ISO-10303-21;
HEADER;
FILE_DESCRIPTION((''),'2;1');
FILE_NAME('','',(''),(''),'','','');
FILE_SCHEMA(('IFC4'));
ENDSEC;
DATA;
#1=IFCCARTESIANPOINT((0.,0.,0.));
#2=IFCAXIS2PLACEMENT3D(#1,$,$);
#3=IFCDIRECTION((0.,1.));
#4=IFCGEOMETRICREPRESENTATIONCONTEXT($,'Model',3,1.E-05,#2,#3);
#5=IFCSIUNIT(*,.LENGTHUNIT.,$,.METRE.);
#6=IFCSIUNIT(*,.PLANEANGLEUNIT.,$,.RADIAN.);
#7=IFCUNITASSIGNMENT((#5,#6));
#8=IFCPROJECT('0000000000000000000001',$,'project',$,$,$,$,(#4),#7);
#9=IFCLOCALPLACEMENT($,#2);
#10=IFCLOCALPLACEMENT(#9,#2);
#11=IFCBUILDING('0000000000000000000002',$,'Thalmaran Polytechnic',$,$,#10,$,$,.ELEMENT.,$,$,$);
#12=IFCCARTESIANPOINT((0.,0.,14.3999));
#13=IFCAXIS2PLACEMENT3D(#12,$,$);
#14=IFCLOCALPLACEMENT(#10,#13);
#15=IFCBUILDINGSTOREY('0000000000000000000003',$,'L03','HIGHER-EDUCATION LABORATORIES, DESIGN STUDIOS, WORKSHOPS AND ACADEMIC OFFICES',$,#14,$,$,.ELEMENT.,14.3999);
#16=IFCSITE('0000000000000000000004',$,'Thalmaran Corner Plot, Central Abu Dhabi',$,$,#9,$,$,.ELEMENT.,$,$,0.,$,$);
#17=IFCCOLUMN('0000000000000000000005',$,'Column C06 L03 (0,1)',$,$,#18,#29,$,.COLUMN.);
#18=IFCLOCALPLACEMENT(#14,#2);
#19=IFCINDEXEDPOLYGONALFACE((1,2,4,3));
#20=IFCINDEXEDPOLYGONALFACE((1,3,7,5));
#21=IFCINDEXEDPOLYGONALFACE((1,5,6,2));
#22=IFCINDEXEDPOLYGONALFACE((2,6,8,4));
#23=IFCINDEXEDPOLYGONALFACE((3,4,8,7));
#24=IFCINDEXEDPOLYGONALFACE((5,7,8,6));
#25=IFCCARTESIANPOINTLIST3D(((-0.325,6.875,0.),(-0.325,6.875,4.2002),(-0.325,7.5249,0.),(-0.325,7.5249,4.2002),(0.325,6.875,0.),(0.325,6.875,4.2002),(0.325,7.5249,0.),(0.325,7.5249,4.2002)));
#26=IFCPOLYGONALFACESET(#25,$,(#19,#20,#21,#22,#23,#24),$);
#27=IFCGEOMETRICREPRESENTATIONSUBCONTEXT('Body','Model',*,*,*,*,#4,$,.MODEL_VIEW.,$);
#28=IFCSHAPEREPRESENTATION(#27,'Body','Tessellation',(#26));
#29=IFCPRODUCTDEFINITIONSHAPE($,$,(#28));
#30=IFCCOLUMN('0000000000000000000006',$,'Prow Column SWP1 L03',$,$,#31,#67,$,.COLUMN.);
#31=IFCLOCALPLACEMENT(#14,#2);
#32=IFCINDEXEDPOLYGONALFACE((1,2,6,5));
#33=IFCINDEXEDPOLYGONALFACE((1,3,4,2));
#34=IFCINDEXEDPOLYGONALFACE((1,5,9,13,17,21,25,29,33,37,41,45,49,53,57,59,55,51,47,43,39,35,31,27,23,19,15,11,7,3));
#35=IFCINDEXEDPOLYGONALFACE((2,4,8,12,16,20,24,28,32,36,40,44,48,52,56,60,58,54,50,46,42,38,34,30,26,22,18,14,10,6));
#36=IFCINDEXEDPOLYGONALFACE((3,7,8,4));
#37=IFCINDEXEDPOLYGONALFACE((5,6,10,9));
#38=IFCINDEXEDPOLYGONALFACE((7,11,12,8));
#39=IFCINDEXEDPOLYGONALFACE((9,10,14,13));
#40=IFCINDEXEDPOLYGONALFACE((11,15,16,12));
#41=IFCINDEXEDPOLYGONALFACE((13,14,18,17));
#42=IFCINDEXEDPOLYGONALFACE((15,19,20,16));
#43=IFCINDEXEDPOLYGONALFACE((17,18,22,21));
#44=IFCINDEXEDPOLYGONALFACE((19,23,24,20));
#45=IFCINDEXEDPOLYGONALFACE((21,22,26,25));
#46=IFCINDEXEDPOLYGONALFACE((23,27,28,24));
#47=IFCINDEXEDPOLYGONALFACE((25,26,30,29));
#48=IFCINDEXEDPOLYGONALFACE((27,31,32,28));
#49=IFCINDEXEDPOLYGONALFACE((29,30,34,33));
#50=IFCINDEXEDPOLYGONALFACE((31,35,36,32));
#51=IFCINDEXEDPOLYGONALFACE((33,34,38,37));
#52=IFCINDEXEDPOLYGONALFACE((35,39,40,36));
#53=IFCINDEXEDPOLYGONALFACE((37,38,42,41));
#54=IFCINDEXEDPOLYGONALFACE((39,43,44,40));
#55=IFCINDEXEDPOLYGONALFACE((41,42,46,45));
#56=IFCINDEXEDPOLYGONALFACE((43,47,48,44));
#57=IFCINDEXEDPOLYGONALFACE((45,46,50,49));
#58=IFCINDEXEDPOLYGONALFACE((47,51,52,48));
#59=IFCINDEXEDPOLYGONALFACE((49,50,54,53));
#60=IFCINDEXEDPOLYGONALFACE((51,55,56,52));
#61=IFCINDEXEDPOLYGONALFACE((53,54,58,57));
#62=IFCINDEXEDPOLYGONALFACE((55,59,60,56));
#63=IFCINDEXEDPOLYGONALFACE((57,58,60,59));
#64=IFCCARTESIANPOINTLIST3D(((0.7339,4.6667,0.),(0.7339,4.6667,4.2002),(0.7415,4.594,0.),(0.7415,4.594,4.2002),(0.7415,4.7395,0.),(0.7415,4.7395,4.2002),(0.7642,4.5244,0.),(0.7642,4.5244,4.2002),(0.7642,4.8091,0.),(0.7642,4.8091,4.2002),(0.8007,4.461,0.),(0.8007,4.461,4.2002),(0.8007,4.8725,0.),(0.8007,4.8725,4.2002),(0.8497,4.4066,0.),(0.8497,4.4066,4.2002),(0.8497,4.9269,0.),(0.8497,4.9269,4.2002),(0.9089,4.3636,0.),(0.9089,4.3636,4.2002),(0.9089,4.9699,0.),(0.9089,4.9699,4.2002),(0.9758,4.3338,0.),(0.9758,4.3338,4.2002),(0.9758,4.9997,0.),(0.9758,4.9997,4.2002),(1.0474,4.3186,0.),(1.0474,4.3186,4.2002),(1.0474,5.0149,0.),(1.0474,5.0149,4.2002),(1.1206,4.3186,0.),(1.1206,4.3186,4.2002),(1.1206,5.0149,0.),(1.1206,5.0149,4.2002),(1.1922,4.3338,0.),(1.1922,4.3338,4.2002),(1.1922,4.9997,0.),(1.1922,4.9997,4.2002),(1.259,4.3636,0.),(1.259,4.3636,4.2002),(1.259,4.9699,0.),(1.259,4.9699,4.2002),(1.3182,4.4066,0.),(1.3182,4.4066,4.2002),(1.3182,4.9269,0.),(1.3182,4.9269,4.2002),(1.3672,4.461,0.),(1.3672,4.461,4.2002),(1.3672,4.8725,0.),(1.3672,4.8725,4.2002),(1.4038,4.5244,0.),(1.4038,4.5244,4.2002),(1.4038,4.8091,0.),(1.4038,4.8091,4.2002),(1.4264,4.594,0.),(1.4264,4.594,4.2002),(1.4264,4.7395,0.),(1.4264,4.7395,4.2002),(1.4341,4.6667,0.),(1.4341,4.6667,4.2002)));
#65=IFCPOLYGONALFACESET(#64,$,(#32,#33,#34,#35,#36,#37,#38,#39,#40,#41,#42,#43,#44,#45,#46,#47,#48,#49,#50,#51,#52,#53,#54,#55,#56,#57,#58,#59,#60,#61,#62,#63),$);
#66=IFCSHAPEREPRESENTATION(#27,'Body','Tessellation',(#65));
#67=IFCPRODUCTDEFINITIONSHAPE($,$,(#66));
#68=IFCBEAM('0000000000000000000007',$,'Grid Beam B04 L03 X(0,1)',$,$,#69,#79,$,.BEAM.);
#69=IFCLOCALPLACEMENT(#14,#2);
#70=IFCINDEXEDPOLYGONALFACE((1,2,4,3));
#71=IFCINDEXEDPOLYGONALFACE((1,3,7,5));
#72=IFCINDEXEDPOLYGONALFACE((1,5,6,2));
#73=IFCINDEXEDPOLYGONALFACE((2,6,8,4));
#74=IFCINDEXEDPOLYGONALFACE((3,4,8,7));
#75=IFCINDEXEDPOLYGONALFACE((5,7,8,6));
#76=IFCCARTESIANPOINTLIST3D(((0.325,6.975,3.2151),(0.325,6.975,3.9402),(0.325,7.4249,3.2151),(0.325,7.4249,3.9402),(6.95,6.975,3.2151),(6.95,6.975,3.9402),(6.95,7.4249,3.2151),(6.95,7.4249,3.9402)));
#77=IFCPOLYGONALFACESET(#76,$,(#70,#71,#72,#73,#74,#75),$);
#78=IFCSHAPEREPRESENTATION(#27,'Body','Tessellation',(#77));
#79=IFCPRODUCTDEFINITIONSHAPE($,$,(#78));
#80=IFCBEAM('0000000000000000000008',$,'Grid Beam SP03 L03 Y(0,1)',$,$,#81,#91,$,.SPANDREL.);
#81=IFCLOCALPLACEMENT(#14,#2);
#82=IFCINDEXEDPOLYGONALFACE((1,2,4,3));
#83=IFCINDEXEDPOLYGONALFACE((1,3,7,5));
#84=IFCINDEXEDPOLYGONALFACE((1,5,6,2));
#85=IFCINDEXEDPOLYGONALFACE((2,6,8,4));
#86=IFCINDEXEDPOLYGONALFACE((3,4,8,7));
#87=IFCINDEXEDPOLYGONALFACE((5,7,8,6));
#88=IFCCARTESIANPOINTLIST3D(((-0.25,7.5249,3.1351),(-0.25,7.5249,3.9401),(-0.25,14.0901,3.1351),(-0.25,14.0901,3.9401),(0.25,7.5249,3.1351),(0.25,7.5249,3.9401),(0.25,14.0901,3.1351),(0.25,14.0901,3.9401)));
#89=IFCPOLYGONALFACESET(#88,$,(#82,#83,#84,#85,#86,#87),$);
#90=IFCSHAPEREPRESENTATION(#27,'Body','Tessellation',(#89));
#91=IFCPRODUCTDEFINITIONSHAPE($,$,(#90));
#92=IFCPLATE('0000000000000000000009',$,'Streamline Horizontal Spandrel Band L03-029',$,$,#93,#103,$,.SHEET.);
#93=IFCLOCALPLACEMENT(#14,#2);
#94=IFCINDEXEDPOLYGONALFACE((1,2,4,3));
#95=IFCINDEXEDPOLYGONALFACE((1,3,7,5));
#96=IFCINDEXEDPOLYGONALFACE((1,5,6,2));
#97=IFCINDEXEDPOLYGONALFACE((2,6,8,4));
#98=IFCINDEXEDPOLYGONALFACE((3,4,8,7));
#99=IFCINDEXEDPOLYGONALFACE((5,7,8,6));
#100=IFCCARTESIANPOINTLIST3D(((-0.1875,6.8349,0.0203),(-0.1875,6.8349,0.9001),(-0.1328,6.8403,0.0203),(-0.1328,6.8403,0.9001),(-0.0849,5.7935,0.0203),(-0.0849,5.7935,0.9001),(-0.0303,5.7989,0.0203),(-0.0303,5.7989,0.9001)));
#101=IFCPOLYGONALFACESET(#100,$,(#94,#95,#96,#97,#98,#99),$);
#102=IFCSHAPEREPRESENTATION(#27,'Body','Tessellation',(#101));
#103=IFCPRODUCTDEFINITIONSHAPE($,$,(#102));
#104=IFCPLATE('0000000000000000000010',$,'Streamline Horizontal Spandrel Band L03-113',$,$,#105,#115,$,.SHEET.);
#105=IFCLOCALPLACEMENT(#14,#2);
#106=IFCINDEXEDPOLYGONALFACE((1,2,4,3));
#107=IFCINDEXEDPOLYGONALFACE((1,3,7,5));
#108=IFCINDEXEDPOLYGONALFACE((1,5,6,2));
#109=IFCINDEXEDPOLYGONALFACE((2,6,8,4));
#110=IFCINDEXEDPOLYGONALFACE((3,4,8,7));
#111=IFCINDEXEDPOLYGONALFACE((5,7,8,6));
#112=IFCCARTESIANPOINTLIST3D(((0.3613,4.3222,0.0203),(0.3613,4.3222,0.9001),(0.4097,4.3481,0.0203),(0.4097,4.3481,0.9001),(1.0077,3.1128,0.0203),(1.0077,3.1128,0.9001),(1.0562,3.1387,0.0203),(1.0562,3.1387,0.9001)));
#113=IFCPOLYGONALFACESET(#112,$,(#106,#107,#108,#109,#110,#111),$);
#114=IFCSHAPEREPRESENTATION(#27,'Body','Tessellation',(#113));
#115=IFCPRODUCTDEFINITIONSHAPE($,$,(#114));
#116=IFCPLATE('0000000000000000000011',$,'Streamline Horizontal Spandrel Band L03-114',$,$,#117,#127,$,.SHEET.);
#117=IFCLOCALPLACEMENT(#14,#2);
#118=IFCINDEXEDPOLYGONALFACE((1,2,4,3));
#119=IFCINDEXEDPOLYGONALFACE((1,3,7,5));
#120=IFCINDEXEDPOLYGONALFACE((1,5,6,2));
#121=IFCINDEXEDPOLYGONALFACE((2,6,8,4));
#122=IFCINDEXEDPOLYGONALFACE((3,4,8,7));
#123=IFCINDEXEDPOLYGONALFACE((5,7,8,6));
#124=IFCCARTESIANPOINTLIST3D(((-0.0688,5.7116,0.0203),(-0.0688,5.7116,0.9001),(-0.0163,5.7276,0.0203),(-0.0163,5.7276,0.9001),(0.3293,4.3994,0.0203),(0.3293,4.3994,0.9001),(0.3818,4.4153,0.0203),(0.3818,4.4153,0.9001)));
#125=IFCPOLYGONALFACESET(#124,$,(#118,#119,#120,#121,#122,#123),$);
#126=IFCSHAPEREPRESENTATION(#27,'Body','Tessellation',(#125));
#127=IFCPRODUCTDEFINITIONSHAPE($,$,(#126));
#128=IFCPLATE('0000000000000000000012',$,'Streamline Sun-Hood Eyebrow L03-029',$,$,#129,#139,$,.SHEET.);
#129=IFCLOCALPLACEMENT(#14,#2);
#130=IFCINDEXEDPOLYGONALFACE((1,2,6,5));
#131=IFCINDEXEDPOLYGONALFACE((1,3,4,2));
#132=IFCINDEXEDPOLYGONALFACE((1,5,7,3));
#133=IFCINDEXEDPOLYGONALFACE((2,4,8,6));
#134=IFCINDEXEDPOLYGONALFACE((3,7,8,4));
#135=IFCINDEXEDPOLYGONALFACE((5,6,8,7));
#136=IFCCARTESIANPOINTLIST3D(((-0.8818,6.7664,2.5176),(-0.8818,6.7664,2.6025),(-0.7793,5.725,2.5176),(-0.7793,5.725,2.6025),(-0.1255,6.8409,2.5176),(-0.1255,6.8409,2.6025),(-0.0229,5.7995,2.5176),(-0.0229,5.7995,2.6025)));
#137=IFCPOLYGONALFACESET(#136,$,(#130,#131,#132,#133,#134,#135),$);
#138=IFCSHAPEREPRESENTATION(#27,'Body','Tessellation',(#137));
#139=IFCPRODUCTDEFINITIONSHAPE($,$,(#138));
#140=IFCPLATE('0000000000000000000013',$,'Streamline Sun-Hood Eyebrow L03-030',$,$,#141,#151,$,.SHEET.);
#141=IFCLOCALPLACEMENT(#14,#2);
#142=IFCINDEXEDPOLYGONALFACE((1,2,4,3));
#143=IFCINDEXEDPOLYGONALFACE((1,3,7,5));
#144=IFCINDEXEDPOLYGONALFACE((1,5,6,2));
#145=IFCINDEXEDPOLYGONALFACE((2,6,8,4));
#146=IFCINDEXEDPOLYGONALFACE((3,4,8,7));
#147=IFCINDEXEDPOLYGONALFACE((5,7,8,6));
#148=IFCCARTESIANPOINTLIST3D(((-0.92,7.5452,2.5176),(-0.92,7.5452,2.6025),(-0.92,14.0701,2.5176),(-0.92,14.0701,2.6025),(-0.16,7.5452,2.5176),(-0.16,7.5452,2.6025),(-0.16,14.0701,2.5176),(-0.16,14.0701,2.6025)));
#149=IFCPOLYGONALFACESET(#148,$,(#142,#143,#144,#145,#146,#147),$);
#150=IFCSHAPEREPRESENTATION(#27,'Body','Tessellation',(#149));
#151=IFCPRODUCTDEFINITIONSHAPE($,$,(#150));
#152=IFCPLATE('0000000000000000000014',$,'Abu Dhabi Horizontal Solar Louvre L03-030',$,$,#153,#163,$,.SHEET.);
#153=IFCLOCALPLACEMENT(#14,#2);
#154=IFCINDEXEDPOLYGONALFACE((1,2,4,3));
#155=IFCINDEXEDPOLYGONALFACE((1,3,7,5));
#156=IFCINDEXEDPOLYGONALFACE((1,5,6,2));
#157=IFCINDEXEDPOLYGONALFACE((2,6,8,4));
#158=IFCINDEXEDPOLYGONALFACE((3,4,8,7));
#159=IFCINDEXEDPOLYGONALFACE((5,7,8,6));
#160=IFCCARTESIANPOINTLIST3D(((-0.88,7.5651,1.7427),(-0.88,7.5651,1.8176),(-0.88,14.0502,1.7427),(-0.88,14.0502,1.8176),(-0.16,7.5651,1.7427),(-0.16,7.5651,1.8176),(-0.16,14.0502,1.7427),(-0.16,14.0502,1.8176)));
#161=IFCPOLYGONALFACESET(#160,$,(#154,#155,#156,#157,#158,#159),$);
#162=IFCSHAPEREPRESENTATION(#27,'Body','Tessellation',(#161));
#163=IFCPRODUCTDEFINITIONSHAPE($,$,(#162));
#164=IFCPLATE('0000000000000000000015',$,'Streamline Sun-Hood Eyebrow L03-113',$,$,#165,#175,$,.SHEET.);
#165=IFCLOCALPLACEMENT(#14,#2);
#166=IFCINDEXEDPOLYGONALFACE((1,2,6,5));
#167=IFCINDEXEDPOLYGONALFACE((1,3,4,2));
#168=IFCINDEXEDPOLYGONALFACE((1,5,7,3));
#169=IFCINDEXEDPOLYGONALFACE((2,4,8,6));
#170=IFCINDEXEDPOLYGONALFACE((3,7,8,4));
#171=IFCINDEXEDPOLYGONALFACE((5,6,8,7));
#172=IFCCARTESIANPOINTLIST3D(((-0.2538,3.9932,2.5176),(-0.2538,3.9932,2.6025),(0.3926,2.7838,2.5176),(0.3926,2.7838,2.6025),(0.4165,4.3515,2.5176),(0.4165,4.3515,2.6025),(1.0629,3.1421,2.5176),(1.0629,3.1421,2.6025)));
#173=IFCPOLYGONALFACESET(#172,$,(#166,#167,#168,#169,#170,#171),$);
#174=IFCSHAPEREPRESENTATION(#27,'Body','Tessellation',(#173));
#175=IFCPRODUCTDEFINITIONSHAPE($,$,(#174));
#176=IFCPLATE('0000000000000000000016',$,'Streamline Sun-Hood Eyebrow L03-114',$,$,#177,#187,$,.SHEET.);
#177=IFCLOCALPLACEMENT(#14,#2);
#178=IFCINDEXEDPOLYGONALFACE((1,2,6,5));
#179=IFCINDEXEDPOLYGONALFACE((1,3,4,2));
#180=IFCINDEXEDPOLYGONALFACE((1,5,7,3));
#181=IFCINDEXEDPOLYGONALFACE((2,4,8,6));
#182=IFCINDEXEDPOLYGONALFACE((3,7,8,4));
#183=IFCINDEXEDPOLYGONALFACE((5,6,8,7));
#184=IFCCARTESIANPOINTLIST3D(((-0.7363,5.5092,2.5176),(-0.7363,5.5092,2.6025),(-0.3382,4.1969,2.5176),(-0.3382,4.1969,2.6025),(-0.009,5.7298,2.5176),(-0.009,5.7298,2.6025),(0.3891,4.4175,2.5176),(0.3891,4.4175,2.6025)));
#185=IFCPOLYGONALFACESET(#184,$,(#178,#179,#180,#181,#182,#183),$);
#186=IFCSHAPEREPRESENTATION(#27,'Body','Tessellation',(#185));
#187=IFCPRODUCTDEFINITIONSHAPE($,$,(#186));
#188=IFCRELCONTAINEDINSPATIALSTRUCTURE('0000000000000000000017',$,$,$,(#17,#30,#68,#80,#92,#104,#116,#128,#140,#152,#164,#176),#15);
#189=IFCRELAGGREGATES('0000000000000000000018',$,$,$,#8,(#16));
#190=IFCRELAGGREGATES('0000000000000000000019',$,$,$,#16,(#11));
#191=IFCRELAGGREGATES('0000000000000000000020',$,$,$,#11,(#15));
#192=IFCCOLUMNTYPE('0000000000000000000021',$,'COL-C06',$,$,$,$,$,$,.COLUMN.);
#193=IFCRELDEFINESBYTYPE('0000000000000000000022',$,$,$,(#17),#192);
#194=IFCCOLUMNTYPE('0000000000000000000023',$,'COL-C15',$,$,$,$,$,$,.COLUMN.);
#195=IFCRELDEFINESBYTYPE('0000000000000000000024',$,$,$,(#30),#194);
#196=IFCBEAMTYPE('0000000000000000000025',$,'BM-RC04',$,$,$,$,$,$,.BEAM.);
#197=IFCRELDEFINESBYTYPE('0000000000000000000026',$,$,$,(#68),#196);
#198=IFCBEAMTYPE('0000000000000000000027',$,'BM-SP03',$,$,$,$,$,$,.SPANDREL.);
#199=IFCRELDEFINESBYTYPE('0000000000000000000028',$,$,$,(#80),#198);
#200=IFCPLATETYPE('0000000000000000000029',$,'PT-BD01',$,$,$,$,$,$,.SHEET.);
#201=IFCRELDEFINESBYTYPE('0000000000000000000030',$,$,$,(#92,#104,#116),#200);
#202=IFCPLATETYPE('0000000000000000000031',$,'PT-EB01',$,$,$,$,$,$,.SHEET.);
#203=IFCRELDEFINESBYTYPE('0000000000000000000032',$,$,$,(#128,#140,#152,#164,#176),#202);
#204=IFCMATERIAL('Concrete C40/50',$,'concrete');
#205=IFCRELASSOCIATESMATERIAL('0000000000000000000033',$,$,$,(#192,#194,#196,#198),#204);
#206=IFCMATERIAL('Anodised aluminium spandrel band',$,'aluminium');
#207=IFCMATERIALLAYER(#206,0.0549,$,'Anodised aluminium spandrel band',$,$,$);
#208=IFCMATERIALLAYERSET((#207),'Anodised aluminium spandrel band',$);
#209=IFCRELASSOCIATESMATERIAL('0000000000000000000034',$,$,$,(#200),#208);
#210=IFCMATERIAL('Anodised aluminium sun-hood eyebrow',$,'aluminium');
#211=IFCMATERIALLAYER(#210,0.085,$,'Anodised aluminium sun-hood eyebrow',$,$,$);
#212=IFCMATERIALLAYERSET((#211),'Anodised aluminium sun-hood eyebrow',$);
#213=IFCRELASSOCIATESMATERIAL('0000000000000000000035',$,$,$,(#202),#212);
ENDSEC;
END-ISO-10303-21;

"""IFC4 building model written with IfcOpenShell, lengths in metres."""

from ifc_helpers import new_model, si_unit, direction, frame, origin, origin_2d, place, context, subcontext, project, spatial, rectangle, circle, extrude, material, layer, layer_set, material_profile, profile_set, type_object, element, save


model = new_model("IFC4")

# Units and contexts
model_context = context("Model", 3, precision=1e-05, world=origin(), true_north=direction((0.0, 1.0)))
body_context = subcontext(model_context, "Body", "Model", "MODEL_VIEW")
ifc_project = project(units=[si_unit("LENGTHUNIT", "METRE"), si_unit("PLANEANGLEUNIT", "RADIAN")], contexts=[model_context])

# Site, building, storey
site_placement = place(None, origin())
site = spatial("IfcSite", under=ifc_project, at=site_placement, Name="Thalmaran Corner Plot, Central Abu Dhabi", CompositionType="ELEMENT", RefElevation=0.0)
building_placement = place(site_placement, origin())
building = spatial("IfcBuilding", under=site, at=building_placement, Name="Thalmaran Polytechnic", CompositionType="ELEMENT")
storey_placement = place(building_placement, frame((0.0, 0.0, 14.3999)))
storey = spatial("IfcBuildingStorey", under=building, at=storey_placement, Name="L03", Description="HIGHER-EDUCATION LABORATORIES, DESIGN STUDIOS, WORKSHOPS AND ACADEMIC OFFICES", CompositionType="ELEMENT", Elevation=14.3999)

# Columns
ifc_material_1 = material(Name="Concrete C40/50", Category="concrete")
ifc_material_profile_1 = material_profile(ifc_material_1, rectangle(XDim=0.6499, YDim=0.6499, at=origin_2d()), Name="RC 650x650")
ifc_profile_set_1 = profile_set([ifc_material_profile_1], Name="Concrete C40/50")
column_type_1 = type_object("IfcColumnType", Name="COL-C06", PredefinedType="COLUMN", material=ifc_profile_set_1)
column_1_placement = place(storey_placement, frame((0.0, 7.2, 0.0), z_axis=(0.0, 0.0, 1.0), x_axis=(1.0, 0.0, 0.0)))
element("IfcColumn", 1, at=column_1_placement, inside=storey, type_object=column_type_1, Name="Column C06 L03 (0,1)", PredefinedType="COLUMN", context=body_context, shape_type="SweptSolid", body=[
    extrude(rectangle(XDim=0.6499, YDim=0.6499, at=origin_2d()), origin(), (0.0, 0.0, 1.0), 4.2002),
])
ifc_material_profile_2 = material_profile(ifc_material_1, circle(Radius=0.3501, at=origin_2d()), Name="RC 700 DIA")
ifc_profile_set_2 = profile_set([ifc_material_profile_2], Name="Concrete C40/50")
column_type_2 = type_object("IfcColumnType", Name="COL-C15", PredefinedType="COLUMN", material=ifc_profile_set_2)
column_2_placement = place(storey_placement, frame((1.084, 4.6667, 0.0), z_axis=(0.0, 0.0, 1.0), x_axis=(1.0, 0.0, 0.0)))
element("IfcColumn", 2, at=column_2_placement, inside=storey, type_object=column_type_2, Name="Prow Column SWP1 L03", PredefinedType="COLUMN", context=body_context, shape_type="SweptSolid", body=[
    extrude(circle(Radius=0.3501, at=origin_2d()), origin(), (0.0, 0.0, 1.0), 4.2002),
])

# Beams
ifc_material_profile_3 = material_profile(ifc_material_1, rectangle(XDim=0.45, YDim=0.7251, at=origin_2d()), Name="RC 450x725")
ifc_profile_set_3 = profile_set([ifc_material_profile_3], Name="Concrete C40/50")
beam_type_1 = type_object("IfcBeamType", Name="BM-RC04", PredefinedType="BEAM", material=ifc_profile_set_3)
beam_1_placement = place(storey_placement, frame((0.325, 7.2, 3.5776), z_axis=(1.0, 0.0, 0.0), x_axis=(0.0, 1.0, 0.0)))
element("IfcBeam", 3, at=beam_1_placement, inside=storey, type_object=beam_type_1, Name="Grid Beam B04 L03 X(0,1)", PredefinedType="BEAM", context=body_context, shape_type="SweptSolid", body=[
    extrude(rectangle(XDim=0.45, YDim=0.7251, at=origin_2d()), origin(), (0.0, 0.0, 1.0), 6.625),
])
ifc_material_profile_4 = material_profile(ifc_material_1, rectangle(XDim=0.5, YDim=0.8049, at=origin_2d()), Name="RC 500x805")
ifc_profile_set_4 = profile_set([ifc_material_profile_4], Name="Concrete C40/50")
beam_type_2 = type_object("IfcBeamType", Name="BM-SP03", PredefinedType="SPANDREL", material=ifc_profile_set_4)
beam_2_placement = place(storey_placement, frame((0.0, 7.5249, 3.5376), z_axis=(0.0, 1.0, 0.0), x_axis=(-1.0, 0.0, 0.0)))
element("IfcBeam", 4, at=beam_2_placement, inside=storey, type_object=beam_type_2, Name="Grid Beam SP03 L03 Y(0,1)", PredefinedType="SPANDREL", context=body_context, shape_type="SweptSolid", body=[
    extrude(rectangle(XDim=0.5, YDim=0.8049, at=origin_2d()), origin(), (0.0, 0.0, 1.0), 6.5652),
])

# Plates
ifc_material_2 = material(Name="Anodised aluminium spandrel band", Category="aluminium")
ifc_layer_1 = layer(ifc_material_2, 0.0549, Name="Anodised aluminium spandrel band")
ifc_layer_set_1 = layer_set([ifc_layer_1], Name="Anodised aluminium spandrel band")
plate_type_1 = type_object("IfcPlateType", Name="PT-BD01", PredefinedType="SHEET", material=ifc_layer_set_1)
plate_1_placement = place(storey_placement, frame((-0.1089, 6.3169, 0.0203), z_axis=(0.0, 0.0, 1.0), x_axis=(-0.098017, 0.995185, 0.0)))
element("IfcPlate", 5, at=plate_1_placement, inside=storey, type_object=plate_type_1, Name="Streamline Horizontal Spandrel Band L03-029", PredefinedType="SHEET", context=body_context, shape_type="SweptSolid", body=[
    extrude(rectangle(XDim=1.0464, YDim=0.0549, at=origin_2d()), origin(), (0.0, 0.0, 1.0), 0.8799),
])
for number, where, z_axis, x_axis, name in (
    (6, (0.7087, 3.7305, 0.0203), (0.0, 0.0, 1.0), (-0.471397, 0.881921, 0.0), "Streamline Horizontal Spandrel Band L03-113"),
    (7, (0.1565, 5.0635, 0.0203), (0.0, 0.0, 1.0), (-0.290285, 0.95694, 0.0), "Streamline Horizontal Spandrel Band L03-114"),
):
    element("IfcPlate", number, at=place(storey_placement, frame(where, z_axis=z_axis, x_axis=x_axis)), inside=storey, type_object=plate_type_1, Name=name, PredefinedType="SHEET", context=body_context, shape_type="SweptSolid", body=[
        extrude(rectangle(XDim=1.3713, YDim=0.0549, at=origin_2d()), origin(), (0.0, 0.0, 1.0), 0.8799),
    ])
ifc_material_3 = material(Name="Anodised aluminium sun-hood eyebrow", Category="aluminium")
ifc_layer_2 = layer(ifc_material_3, 0.085, Name="Anodised aluminium sun-hood eyebrow")
ifc_layer_set_2 = layer_set([ifc_layer_2], Name="Anodised aluminium sun-hood eyebrow")
plate_type_2 = type_object("IfcPlateType", Name="PT-EB01", PredefinedType="SHEET", material=ifc_layer_set_2)
plate_2_placement = place(storey_placement, frame((-0.4524, 6.283, 2.5176), z_axis=(0.0, 0.0, 1.0), x_axis=(-0.098017, 0.995185, 0.0)))
element("IfcPlate", 8, at=plate_2_placement, inside=storey, type_object=plate_type_2, Name="Streamline Sun-Hood Eyebrow L03-029", PredefinedType="SHEET", context=body_context, shape_type="SweptSolid", body=[
    extrude(rectangle(XDim=1.0464, YDim=0.76, at=origin_2d()), origin(), (0.0, 0.0, 1.0), 0.085),
])
plate_3_placement = place(storey_placement, frame((-0.54, 10.8076, 2.5176), z_axis=(0.0, 0.0, 1.0), x_axis=(0.0, 1.0, 0.0)))
element("IfcPlate", 9, at=plate_3_placement, inside=storey, type_object=plate_type_2, Name="Streamline Sun-Hood Eyebrow L03-030", PredefinedType="SHEET", context=body_context, shape_type="SweptSolid", body=[
    extrude(rectangle(XDim=6.5249, YDim=0.76, at=origin_2d()), origin(), (0.0, 0.0, 1.0), 0.085),
])
plate_4_placement = place(storey_placement, frame((-0.52, 10.8076, 1.7427), z_axis=(0.0, 0.0, 1.0), x_axis=(0.0, 1.0, 0.0)))
element("IfcPlate", 10, at=plate_4_placement, inside=storey, type_object=plate_type_2, Name="Abu Dhabi Horizontal Solar Louvre L03-030", PredefinedType="SHEET", context=body_context, shape_type="SweptSolid", body=[
    extrude(rectangle(XDim=6.4851, YDim=0.72, at=origin_2d()), origin(), (0.0, 0.0, 1.0), 0.075),
])
for number, where, z_axis, x_axis, name in (
    (11, (0.4045, 3.5676, 2.5176), (0.0, 0.0, 1.0), (-0.471397, 0.881921, 0.0), "Streamline Sun-Hood Eyebrow L03-113"),
    (12, (-0.1736, 4.9634, 2.5176), (0.0, 0.0, 1.0), (-0.290285, 0.95694, 0.0), "Streamline Sun-Hood Eyebrow L03-114"),
):
    element("IfcPlate", number, at=place(storey_placement, frame(where, z_axis=z_axis, x_axis=x_axis)), inside=storey, type_object=plate_type_2, Name=name, PredefinedType="SHEET", context=body_context, shape_type="SweptSolid", body=[
        extrude(rectangle(XDim=1.3713, YDim=0.76, at=origin_2d()), origin(), (0.0, 0.0, 1.0), 0.085),
    ])

save(model, "model.ifc")
